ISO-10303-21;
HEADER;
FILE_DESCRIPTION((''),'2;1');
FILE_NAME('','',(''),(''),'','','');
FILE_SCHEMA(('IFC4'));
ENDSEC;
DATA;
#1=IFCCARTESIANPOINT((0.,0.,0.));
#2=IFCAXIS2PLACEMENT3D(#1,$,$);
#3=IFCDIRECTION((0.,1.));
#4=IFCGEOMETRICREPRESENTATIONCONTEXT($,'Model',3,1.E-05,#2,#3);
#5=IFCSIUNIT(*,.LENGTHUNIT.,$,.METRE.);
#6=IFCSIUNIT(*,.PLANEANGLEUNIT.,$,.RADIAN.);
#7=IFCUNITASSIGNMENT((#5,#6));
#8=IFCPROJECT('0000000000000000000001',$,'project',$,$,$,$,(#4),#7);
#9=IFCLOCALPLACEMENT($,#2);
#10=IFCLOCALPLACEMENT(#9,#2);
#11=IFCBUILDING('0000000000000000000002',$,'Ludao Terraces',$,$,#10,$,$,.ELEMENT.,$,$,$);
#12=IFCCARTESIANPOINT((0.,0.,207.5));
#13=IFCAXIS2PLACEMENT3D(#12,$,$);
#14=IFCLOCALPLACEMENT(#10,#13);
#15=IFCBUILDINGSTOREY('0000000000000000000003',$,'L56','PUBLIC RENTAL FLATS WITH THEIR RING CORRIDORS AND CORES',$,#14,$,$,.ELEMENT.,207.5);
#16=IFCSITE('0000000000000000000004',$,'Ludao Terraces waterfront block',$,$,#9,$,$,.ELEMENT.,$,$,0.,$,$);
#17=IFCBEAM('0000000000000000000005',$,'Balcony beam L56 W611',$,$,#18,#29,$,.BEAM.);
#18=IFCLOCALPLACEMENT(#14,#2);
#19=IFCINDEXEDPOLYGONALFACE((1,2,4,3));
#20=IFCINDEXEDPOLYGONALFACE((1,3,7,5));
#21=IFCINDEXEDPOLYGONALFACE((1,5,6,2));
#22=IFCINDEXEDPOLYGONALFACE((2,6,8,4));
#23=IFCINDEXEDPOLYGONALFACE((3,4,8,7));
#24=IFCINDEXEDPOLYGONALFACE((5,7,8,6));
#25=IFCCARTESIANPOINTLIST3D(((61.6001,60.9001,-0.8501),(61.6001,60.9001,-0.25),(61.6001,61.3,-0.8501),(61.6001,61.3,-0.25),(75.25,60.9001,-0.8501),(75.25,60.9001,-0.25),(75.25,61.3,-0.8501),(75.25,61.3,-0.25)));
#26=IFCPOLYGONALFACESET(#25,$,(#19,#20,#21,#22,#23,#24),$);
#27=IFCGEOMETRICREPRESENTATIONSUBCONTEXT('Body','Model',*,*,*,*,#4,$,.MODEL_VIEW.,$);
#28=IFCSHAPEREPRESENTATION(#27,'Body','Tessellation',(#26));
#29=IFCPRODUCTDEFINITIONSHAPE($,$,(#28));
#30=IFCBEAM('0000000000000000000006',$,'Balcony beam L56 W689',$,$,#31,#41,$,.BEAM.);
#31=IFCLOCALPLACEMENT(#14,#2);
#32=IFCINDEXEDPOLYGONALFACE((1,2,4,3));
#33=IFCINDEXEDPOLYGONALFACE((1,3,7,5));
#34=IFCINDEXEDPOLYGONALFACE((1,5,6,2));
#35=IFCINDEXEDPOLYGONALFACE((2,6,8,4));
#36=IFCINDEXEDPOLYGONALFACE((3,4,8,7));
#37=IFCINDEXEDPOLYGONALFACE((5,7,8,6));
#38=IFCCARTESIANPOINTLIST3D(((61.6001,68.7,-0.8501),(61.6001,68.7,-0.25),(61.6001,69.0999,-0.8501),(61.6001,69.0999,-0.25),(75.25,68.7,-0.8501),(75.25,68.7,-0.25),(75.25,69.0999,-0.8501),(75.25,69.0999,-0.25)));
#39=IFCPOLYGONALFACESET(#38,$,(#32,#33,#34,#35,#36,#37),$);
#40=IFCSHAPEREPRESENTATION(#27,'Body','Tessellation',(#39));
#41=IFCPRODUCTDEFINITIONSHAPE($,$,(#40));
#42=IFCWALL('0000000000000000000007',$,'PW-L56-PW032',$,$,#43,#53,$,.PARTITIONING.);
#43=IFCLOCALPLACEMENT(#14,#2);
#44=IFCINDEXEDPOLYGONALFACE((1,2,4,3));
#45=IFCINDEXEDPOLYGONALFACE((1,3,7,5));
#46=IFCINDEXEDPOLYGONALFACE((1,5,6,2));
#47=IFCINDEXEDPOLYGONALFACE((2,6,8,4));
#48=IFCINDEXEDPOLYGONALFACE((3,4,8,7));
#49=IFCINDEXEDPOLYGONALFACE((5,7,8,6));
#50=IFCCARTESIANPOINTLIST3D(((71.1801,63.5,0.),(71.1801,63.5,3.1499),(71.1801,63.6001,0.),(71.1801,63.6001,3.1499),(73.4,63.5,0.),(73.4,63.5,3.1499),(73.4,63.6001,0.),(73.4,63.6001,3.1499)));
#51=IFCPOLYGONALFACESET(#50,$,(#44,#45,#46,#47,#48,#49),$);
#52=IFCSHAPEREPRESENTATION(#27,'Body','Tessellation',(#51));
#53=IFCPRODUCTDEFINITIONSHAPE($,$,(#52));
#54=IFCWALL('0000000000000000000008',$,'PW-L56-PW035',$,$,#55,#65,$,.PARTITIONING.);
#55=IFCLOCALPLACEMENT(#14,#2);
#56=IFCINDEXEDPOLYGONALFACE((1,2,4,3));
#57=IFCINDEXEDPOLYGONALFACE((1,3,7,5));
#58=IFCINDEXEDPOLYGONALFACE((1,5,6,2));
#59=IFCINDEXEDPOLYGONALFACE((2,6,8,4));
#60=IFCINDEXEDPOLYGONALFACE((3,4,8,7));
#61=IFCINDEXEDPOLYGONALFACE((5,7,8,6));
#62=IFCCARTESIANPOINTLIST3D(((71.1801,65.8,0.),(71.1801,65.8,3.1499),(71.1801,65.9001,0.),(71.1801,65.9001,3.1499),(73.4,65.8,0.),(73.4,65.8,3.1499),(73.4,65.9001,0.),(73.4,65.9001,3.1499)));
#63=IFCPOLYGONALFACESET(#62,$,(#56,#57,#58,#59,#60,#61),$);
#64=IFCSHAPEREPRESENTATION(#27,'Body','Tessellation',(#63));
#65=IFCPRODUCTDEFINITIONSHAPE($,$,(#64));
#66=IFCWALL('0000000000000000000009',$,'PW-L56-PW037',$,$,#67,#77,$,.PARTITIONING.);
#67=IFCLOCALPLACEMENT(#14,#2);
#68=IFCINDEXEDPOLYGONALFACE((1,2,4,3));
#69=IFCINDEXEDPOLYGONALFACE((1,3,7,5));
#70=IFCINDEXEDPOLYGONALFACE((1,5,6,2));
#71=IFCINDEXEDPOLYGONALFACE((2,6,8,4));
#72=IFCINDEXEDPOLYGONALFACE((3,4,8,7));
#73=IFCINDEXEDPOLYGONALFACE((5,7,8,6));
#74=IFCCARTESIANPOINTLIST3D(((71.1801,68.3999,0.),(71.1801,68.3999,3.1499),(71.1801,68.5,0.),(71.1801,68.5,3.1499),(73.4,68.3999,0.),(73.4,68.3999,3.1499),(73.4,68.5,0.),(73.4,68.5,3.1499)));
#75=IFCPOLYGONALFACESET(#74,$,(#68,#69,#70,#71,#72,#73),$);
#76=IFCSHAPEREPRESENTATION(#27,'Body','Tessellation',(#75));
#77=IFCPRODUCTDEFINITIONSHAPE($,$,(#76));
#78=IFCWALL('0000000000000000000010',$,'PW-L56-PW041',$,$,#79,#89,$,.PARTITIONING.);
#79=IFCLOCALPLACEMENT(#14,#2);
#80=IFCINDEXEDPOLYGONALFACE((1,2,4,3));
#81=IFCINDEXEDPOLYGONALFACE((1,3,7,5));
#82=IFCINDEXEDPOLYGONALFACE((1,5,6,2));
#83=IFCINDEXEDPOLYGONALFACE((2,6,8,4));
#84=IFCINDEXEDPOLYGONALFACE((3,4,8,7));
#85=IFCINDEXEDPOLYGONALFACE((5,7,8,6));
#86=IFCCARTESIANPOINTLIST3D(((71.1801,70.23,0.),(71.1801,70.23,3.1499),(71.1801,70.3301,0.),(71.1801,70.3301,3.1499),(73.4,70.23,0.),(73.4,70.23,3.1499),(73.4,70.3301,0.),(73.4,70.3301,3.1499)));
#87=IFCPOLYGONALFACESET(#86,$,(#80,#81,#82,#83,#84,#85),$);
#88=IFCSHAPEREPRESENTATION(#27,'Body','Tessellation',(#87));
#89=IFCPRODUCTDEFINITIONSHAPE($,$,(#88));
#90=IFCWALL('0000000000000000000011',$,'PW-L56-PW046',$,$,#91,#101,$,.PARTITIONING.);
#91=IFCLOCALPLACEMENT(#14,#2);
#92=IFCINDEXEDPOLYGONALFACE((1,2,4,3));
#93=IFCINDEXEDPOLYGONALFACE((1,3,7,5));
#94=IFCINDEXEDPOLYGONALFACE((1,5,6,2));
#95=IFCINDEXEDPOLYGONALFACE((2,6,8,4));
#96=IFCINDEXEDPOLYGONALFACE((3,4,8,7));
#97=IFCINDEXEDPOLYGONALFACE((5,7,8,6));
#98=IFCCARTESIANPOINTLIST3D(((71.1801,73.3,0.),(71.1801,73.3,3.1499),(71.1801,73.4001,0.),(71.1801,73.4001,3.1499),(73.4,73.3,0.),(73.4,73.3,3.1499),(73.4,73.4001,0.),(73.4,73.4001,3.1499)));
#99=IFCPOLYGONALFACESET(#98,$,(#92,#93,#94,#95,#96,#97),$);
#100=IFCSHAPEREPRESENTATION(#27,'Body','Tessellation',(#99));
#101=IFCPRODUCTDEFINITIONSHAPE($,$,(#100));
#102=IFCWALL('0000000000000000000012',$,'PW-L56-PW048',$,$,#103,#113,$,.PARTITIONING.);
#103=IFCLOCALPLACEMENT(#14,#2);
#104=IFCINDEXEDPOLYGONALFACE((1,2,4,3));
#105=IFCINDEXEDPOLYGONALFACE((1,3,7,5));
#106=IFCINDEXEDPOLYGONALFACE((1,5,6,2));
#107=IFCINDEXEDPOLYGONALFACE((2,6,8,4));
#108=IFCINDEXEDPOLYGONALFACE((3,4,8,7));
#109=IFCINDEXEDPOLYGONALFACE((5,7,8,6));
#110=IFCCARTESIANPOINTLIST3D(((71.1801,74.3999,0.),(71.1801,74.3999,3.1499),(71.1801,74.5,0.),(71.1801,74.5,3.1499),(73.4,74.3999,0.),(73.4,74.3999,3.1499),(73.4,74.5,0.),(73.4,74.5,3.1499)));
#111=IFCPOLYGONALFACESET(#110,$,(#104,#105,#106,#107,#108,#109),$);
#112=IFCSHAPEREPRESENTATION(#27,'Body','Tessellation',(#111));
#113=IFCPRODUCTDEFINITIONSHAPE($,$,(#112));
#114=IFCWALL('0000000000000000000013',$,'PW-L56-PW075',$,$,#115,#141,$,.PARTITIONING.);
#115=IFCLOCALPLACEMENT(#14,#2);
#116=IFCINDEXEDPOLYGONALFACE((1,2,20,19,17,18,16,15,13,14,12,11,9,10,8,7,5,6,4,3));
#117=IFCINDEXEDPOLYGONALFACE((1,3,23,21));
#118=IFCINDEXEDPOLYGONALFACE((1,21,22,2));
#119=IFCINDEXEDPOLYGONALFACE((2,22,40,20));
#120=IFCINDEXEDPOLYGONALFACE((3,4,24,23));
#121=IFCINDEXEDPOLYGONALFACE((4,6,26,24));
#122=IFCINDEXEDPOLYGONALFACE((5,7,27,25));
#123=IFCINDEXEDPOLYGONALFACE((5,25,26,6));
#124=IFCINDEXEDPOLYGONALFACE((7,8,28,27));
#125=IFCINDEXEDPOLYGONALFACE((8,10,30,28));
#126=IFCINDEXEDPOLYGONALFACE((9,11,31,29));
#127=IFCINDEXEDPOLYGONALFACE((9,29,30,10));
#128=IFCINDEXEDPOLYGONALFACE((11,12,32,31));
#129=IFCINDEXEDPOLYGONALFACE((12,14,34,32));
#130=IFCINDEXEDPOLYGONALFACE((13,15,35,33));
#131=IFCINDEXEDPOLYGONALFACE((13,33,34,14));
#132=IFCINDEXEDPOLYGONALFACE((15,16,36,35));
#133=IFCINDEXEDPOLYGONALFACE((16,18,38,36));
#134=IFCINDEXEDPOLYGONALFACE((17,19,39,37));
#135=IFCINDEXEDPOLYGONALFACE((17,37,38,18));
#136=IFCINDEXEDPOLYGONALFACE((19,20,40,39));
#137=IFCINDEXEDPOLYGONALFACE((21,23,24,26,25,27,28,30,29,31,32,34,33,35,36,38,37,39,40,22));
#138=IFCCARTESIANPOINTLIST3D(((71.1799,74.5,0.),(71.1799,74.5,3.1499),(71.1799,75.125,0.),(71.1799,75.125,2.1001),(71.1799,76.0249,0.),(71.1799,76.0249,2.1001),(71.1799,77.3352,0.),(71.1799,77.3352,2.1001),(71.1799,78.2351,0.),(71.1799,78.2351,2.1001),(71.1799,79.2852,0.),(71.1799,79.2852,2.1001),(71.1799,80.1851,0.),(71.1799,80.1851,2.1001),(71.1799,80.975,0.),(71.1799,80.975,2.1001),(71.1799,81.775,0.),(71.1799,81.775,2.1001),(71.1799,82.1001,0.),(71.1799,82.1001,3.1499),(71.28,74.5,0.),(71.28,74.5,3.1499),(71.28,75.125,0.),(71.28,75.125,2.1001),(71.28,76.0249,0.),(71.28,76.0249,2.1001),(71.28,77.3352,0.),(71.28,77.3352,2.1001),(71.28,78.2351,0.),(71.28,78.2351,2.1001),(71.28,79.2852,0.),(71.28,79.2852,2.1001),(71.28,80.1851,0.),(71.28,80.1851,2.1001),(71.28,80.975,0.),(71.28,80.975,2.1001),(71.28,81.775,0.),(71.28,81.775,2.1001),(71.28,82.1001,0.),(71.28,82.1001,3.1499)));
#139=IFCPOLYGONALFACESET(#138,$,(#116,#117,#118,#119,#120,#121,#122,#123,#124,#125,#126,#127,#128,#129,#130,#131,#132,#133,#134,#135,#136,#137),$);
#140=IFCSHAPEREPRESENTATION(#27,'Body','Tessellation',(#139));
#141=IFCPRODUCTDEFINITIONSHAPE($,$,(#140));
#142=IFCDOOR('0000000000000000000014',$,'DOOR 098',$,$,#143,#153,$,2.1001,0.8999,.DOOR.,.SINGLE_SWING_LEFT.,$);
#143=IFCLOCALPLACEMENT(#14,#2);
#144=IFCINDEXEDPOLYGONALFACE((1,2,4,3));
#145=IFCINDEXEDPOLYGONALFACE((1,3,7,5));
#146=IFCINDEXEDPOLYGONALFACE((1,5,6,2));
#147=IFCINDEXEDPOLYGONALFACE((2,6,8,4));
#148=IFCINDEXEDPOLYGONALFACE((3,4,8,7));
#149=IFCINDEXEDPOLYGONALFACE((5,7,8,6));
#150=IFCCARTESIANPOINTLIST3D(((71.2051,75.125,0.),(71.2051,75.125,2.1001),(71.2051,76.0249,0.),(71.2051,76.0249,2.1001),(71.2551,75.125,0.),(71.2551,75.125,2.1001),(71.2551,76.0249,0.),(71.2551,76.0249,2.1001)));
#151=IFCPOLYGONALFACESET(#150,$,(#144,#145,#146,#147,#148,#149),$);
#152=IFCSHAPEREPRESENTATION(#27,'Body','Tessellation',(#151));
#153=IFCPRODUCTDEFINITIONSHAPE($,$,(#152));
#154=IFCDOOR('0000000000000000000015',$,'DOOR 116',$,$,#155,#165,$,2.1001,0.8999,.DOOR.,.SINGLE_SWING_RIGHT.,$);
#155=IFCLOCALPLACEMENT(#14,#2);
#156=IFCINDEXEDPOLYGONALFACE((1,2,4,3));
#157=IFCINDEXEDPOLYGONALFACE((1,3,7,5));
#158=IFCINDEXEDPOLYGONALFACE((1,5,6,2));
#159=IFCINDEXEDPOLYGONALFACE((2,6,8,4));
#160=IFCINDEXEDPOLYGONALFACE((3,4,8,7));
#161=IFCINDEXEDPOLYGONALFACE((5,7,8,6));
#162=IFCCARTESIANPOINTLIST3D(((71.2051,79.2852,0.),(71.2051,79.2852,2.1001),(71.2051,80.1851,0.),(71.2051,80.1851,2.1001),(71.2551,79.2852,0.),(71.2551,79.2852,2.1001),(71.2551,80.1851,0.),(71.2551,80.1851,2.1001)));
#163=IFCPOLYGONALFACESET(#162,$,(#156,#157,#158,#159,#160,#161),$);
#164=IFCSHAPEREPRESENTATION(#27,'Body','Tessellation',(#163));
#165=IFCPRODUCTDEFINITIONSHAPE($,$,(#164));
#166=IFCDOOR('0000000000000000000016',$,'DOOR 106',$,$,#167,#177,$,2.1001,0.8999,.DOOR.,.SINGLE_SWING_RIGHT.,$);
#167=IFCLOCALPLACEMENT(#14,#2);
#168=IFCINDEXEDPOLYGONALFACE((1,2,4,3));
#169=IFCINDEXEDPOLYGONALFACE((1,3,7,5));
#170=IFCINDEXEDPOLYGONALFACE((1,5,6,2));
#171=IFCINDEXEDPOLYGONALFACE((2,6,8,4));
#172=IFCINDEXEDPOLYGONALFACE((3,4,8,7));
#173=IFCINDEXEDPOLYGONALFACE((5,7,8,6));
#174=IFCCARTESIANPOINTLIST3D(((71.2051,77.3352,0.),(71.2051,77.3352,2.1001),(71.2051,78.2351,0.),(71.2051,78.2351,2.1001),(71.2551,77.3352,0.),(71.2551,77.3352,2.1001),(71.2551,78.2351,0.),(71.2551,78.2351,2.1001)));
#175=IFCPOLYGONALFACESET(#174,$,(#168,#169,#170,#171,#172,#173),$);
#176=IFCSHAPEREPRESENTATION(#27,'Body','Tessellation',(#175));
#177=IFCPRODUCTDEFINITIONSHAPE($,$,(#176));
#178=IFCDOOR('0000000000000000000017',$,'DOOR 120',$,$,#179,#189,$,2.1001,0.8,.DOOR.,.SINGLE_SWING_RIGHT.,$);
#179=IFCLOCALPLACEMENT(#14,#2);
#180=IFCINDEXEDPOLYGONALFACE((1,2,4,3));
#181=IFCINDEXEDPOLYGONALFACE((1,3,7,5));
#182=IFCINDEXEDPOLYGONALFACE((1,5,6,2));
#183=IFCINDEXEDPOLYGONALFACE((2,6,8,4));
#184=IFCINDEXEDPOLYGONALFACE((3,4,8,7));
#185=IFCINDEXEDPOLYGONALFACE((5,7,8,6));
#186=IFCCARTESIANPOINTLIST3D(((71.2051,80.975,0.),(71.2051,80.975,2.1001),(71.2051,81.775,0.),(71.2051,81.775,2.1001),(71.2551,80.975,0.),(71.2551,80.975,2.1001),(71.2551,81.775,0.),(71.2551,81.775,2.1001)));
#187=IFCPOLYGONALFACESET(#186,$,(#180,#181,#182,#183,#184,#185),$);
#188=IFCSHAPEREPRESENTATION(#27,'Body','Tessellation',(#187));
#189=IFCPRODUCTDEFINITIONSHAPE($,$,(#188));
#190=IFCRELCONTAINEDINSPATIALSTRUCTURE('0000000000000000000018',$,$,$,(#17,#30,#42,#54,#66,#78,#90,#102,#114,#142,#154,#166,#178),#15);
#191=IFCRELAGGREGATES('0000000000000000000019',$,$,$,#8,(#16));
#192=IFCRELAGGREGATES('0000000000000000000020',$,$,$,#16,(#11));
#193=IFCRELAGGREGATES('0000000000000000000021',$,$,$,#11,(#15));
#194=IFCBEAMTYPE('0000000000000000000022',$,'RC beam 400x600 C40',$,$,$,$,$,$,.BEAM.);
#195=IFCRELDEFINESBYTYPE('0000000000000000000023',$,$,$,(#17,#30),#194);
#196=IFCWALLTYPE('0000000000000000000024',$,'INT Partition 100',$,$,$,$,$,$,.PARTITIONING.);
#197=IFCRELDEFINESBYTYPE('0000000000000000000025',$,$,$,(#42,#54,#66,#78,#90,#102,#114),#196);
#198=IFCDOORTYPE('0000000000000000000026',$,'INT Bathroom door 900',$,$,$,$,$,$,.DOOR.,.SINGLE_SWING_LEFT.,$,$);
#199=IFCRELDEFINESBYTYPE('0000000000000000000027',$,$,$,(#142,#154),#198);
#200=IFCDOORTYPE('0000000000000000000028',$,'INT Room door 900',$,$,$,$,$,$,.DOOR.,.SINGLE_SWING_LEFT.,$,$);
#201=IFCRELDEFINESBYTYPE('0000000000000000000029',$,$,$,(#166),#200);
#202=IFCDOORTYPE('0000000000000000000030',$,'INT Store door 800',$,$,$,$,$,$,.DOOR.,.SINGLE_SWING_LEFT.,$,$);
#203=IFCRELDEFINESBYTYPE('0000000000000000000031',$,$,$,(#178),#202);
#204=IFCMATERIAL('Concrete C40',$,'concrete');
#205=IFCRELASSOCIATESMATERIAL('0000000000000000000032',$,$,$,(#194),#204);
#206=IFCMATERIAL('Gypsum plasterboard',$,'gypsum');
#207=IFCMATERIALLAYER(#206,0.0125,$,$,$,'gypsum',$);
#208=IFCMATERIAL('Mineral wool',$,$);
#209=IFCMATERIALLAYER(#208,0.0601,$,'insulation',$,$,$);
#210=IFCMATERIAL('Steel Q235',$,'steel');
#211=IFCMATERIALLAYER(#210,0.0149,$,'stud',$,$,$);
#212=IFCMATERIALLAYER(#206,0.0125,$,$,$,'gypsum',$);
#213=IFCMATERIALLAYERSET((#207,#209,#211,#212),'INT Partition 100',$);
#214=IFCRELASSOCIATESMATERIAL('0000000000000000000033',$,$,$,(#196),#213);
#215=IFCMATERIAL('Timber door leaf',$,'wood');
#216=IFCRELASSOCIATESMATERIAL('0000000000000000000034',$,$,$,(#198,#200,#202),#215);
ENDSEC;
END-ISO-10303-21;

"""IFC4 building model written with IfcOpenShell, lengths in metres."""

from ifc_helpers import new_model, si_unit, direction, frame, frame_2d, origin, origin_2d, place, context, subcontext, project, spatial, rectangle, extrude, material, layer, layer_set, material_profile, profile_set, type_object, element, fill, save


model = new_model("IFC4")

# Units and contexts
model_context = context("Model", 3, precision=1e-05, world=origin(), true_north=direction((0.0, 1.0)))
body_context = subcontext(model_context, "Body", "Model", "MODEL_VIEW")
ifc_project = project(units=[si_unit("LENGTHUNIT", "METRE"), si_unit("PLANEANGLEUNIT", "RADIAN")], contexts=[model_context])

# Site, building, storey
site_placement = place(None, origin())
site = spatial("IfcSite", under=ifc_project, at=site_placement, Name="Ludao Terraces waterfront block", CompositionType="ELEMENT", RefElevation=0.0)
building_placement = place(site_placement, origin())
building = spatial("IfcBuilding", under=site, at=building_placement, Name="Ludao Terraces", CompositionType="ELEMENT")
storey_placement = place(building_placement, frame((0.0, 0.0, 207.5)))
storey = spatial("IfcBuildingStorey", under=building, at=storey_placement, Name="L56", Description="PUBLIC RENTAL FLATS WITH THEIR RING CORRIDORS AND CORES", CompositionType="ELEMENT", Elevation=207.5)

# Beams
ifc_material_1 = material(Name="Concrete C40", Category="concrete")
ifc_material_profile = material_profile(ifc_material_1, rectangle(XDim=0.3999, YDim=0.6001, at=origin_2d()), Name="400 X 600")
ifc_profile_set = profile_set([ifc_material_profile], Name="Concrete C40")
beam_type = type_object("IfcBeamType", Name="RC beam 400x600 C40", PredefinedType="BEAM", material=ifc_profile_set)
for number, where, z_axis, x_axis, name in (
    (1, (75.25, 61.1001, -0.55), (-1.0, 0.0, 0.0), (0.0, -1.0, 0.0), "Balcony beam L56 W611"),
    (2, (75.25, 68.8999, -0.55), (-1.0, 0.0, 0.0), (0.0, -1.0, 0.0), "Balcony beam L56 W689"),
):
    element("IfcBeam", number, at=place(storey_placement, frame(where, z_axis=z_axis, x_axis=x_axis)), inside=storey, type_object=beam_type, Name=name, PredefinedType="BEAM", context=body_context, shape_type="SweptSolid", body=[
        extrude(rectangle(XDim=0.3999, YDim=0.6001, at=origin_2d()), origin(), (0.0, 0.0, 1.0), 13.6499),
    ])

# Walls
ifc_material_2 = material(Name="Gypsum plasterboard", Category="gypsum")
ifc_layer_1 = layer(ifc_material_2, 0.0125, Category="gypsum")
ifc_material_3 = material(Name="Mineral wool")
ifc_layer_2 = layer(ifc_material_3, 0.0601, Name="insulation")
ifc_material_4 = material(Name="Steel Q235", Category="steel")
ifc_layer_3 = layer(ifc_material_4, 0.0149, Name="stud")
ifc_layer_4 = layer(ifc_material_2, 0.0125, Category="gypsum")
ifc_layer_set_1 = layer_set([ifc_layer_1, ifc_layer_2, ifc_layer_3, ifc_layer_4], Name="INT Partition 100")
wall_type_1 = type_object("IfcWallType", Name="INT Partition 100", PredefinedType="PARTITIONING", material=ifc_layer_set_1)
for number, where, z_axis, x_axis, name in (
    (3, (71.1802, 63.55, 0.0), (0.0, 0.0, 1.0), (1.0, 0.0, 0.0), "PW-L56-PW032"),
    (4, (71.1802, 65.8501, 0.0), (0.0, 0.0, 1.0), (1.0, 0.0, 0.0), "PW-L56-PW035"),
    (5, (71.1802, 68.45, 0.0), (0.0, 0.0, 1.0), (1.0, 0.0, 0.0), "PW-L56-PW037"),
    (6, (71.1802, 70.28, 0.0), (0.0, 0.0, 1.0), (1.0, 0.0, 0.0), "PW-L56-PW041"),
    (7, (71.1802, 73.3501, 0.0), (0.0, 0.0, 1.0), (1.0, 0.0, 0.0), "PW-L56-PW046"),
    (8, (71.1802, 74.45, 0.0), (0.0, 0.0, 1.0), (1.0, 0.0, 0.0), "PW-L56-PW048"),
):
    element("IfcWall", number, at=place(storey_placement, frame(where, z_axis=z_axis, x_axis=x_axis)), inside=storey, type_object=wall_type_1, Name=name, PredefinedType="PARTITIONING", context=body_context, shape_type="SweptSolid", body=[
        extrude(rectangle(XDim=2.22, YDim=0.1001, at=frame_2d((1.1099, 0.0))), origin(), (0.0, 0.0, 1.0), 3.1499),
    ])

# Wall, openings, doors
wall_1_placement = place(storey_placement, frame((71.23, 74.5, 0.0), z_axis=(0.0, 0.0, 1.0), x_axis=(0.0, 1.0, 0.0)))
wall_1 = element("IfcWall", 9, at=wall_1_placement, inside=storey, type_object=wall_type_1, Name="PW-L56-PW075", PredefinedType="PARTITIONING", context=body_context, shape_type="SweptSolid", body=[
    extrude(rectangle(XDim=7.6001, YDim=0.1001, at=frame_2d((3.8, 0.0))), origin(), (0.0, 0.0, 1.0), 3.1499),
])
opening_1_placement = place(wall_1_placement, frame((0.625, 0.0, 0.0)))
opening_1 = element("IfcOpeningElement", 10, at=opening_1_placement, cuts=wall_1, PredefinedType="OPENING", context=body_context, shape_type="SweptSolid", body=[
    extrude(rectangle(XDim=0.8999, YDim=2.1001, at=frame_2d((0.45, 1.05))), frame((0.0, 0.0601, 0.0), z_axis=(0.0, -1.0, 0.0), x_axis=(1.0, 0.0, 0.0)), (0.0, 0.0, 1.0), 0.1201),
])
opening_2_placement = place(wall_1_placement, frame((2.8352, 0.0, 0.0)))
opening_2 = element("IfcOpeningElement", 11, at=opening_2_placement, cuts=wall_1, PredefinedType="OPENING", context=body_context, shape_type="SweptSolid", body=[
    extrude(rectangle(XDim=0.8999, YDim=2.1001, at=frame_2d((0.45, 1.05))), frame((0.0, 0.0601, 0.0), z_axis=(0.0, -1.0, 0.0), x_axis=(1.0, 0.0, 0.0)), (0.0, 0.0, 1.0), 0.1201),
])
opening_3_placement = place(wall_1_placement, frame((4.7852, 0.0, 0.0)))
opening_3 = element("IfcOpeningElement", 12, at=opening_3_placement, cuts=wall_1, PredefinedType="OPENING", context=body_context, shape_type="SweptSolid", body=[
    extrude(rectangle(XDim=0.8999, YDim=2.1001, at=frame_2d((0.45, 1.05))), frame((0.0, 0.0601, 0.0), z_axis=(0.0, -1.0, 0.0), x_axis=(1.0, 0.0, 0.0)), (0.0, 0.0, 1.0), 0.1201),
])
opening_4_placement = place(wall_1_placement, frame((6.4751, 0.0, 0.0)))
opening_4 = element("IfcOpeningElement", 13, at=opening_4_placement, cuts=wall_1, PredefinedType="OPENING", context=body_context, shape_type="SweptSolid", body=[
    extrude(rectangle(XDim=0.8, YDim=2.1001, at=frame_2d((0.3999, 1.05))), frame((0.0, 0.0601, 0.0), z_axis=(0.0, -1.0, 0.0), x_axis=(1.0, 0.0, 0.0)), (0.0, 0.0, 1.0), 0.1201),
])
ifc_material_5 = material(Name="Timber door leaf", Category="wood")
door_type_1 = type_object("IfcDoorType", Name="INT Bathroom door 900", OperationType="SINGLE_SWING_LEFT", PredefinedType="DOOR", material=ifc_material_5)
door_1_placement = place(opening_1_placement, origin())
door_1 = element("IfcDoor", 14, at=door_1_placement, inside=storey, type_object=door_type_1, Name="DOOR 098", OperationType="SINGLE_SWING_LEFT", OverallHeight=2.1001, OverallWidth=0.8999, PredefinedType="DOOR", context=body_context, shape_type="SweptSolid", body=[
    extrude(rectangle(XDim=0.8999, YDim=2.1001, at=frame_2d((0.45, 1.05))), frame((0.0, 0.0249, 0.0), z_axis=(0.0, -1.0, 0.0), x_axis=(1.0, 0.0, 0.0)), (0.0, 0.0, 1.0), 0.05),
])
fill(opening_1, door_1)
door_2_placement = place(opening_3_placement, origin())
door_2 = element("IfcDoor", 15, at=door_2_placement, inside=storey, type_object=door_type_1, Name="DOOR 116", OperationType="SINGLE_SWING_RIGHT", OverallHeight=2.1001, OverallWidth=0.8999, PredefinedType="DOOR", context=body_context, shape_type="SweptSolid", body=[
    extrude(rectangle(XDim=0.8999, YDim=2.1001, at=frame_2d((0.45, 1.05))), frame((0.0, 0.0249, 0.0), z_axis=(0.0, -1.0, 0.0), x_axis=(1.0, 0.0, 0.0)), (0.0, 0.0, 1.0), 0.05),
])
fill(opening_3, door_2)
door_type_2 = type_object("IfcDoorType", Name="INT Room door 900", OperationType="SINGLE_SWING_LEFT", PredefinedType="DOOR", material=ifc_material_5)
door_3_placement = place(opening_2_placement, origin())
door_3 = element("IfcDoor", 16, at=door_3_placement, inside=storey, type_object=door_type_2, Name="DOOR 106", OperationType="SINGLE_SWING_RIGHT", OverallHeight=2.1001, OverallWidth=0.8999, PredefinedType="DOOR", context=body_context, shape_type="SweptSolid", body=[
    extrude(rectangle(XDim=0.8999, YDim=2.1001, at=frame_2d((0.45, 1.05))), frame((0.0, 0.0249, 0.0), z_axis=(0.0, -1.0, 0.0), x_axis=(1.0, 0.0, 0.0)), (0.0, 0.0, 1.0), 0.05),
])
fill(opening_2, door_3)
door_type_3 = type_object("IfcDoorType", Name="INT Store door 800", OperationType="SINGLE_SWING_LEFT", PredefinedType="DOOR", material=ifc_material_5)
door_4_placement = place(opening_4_placement, origin())
door_4 = element("IfcDoor", 17, at=door_4_placement, inside=storey, type_object=door_type_3, Name="DOOR 120", OperationType="SINGLE_SWING_RIGHT", OverallHeight=2.1001, OverallWidth=0.8, PredefinedType="DOOR", context=body_context, shape_type="SweptSolid", body=[
    extrude(rectangle(XDim=0.8, YDim=2.1001, at=frame_2d((0.3999, 1.05))), frame((0.0, 0.0249, 0.0), z_axis=(0.0, -1.0, 0.0), x_axis=(1.0, 0.0, 0.0)), (0.0, 0.0, 1.0), 0.05),
])
fill(opening_4, door_4)

save(model, "model.ifc")
